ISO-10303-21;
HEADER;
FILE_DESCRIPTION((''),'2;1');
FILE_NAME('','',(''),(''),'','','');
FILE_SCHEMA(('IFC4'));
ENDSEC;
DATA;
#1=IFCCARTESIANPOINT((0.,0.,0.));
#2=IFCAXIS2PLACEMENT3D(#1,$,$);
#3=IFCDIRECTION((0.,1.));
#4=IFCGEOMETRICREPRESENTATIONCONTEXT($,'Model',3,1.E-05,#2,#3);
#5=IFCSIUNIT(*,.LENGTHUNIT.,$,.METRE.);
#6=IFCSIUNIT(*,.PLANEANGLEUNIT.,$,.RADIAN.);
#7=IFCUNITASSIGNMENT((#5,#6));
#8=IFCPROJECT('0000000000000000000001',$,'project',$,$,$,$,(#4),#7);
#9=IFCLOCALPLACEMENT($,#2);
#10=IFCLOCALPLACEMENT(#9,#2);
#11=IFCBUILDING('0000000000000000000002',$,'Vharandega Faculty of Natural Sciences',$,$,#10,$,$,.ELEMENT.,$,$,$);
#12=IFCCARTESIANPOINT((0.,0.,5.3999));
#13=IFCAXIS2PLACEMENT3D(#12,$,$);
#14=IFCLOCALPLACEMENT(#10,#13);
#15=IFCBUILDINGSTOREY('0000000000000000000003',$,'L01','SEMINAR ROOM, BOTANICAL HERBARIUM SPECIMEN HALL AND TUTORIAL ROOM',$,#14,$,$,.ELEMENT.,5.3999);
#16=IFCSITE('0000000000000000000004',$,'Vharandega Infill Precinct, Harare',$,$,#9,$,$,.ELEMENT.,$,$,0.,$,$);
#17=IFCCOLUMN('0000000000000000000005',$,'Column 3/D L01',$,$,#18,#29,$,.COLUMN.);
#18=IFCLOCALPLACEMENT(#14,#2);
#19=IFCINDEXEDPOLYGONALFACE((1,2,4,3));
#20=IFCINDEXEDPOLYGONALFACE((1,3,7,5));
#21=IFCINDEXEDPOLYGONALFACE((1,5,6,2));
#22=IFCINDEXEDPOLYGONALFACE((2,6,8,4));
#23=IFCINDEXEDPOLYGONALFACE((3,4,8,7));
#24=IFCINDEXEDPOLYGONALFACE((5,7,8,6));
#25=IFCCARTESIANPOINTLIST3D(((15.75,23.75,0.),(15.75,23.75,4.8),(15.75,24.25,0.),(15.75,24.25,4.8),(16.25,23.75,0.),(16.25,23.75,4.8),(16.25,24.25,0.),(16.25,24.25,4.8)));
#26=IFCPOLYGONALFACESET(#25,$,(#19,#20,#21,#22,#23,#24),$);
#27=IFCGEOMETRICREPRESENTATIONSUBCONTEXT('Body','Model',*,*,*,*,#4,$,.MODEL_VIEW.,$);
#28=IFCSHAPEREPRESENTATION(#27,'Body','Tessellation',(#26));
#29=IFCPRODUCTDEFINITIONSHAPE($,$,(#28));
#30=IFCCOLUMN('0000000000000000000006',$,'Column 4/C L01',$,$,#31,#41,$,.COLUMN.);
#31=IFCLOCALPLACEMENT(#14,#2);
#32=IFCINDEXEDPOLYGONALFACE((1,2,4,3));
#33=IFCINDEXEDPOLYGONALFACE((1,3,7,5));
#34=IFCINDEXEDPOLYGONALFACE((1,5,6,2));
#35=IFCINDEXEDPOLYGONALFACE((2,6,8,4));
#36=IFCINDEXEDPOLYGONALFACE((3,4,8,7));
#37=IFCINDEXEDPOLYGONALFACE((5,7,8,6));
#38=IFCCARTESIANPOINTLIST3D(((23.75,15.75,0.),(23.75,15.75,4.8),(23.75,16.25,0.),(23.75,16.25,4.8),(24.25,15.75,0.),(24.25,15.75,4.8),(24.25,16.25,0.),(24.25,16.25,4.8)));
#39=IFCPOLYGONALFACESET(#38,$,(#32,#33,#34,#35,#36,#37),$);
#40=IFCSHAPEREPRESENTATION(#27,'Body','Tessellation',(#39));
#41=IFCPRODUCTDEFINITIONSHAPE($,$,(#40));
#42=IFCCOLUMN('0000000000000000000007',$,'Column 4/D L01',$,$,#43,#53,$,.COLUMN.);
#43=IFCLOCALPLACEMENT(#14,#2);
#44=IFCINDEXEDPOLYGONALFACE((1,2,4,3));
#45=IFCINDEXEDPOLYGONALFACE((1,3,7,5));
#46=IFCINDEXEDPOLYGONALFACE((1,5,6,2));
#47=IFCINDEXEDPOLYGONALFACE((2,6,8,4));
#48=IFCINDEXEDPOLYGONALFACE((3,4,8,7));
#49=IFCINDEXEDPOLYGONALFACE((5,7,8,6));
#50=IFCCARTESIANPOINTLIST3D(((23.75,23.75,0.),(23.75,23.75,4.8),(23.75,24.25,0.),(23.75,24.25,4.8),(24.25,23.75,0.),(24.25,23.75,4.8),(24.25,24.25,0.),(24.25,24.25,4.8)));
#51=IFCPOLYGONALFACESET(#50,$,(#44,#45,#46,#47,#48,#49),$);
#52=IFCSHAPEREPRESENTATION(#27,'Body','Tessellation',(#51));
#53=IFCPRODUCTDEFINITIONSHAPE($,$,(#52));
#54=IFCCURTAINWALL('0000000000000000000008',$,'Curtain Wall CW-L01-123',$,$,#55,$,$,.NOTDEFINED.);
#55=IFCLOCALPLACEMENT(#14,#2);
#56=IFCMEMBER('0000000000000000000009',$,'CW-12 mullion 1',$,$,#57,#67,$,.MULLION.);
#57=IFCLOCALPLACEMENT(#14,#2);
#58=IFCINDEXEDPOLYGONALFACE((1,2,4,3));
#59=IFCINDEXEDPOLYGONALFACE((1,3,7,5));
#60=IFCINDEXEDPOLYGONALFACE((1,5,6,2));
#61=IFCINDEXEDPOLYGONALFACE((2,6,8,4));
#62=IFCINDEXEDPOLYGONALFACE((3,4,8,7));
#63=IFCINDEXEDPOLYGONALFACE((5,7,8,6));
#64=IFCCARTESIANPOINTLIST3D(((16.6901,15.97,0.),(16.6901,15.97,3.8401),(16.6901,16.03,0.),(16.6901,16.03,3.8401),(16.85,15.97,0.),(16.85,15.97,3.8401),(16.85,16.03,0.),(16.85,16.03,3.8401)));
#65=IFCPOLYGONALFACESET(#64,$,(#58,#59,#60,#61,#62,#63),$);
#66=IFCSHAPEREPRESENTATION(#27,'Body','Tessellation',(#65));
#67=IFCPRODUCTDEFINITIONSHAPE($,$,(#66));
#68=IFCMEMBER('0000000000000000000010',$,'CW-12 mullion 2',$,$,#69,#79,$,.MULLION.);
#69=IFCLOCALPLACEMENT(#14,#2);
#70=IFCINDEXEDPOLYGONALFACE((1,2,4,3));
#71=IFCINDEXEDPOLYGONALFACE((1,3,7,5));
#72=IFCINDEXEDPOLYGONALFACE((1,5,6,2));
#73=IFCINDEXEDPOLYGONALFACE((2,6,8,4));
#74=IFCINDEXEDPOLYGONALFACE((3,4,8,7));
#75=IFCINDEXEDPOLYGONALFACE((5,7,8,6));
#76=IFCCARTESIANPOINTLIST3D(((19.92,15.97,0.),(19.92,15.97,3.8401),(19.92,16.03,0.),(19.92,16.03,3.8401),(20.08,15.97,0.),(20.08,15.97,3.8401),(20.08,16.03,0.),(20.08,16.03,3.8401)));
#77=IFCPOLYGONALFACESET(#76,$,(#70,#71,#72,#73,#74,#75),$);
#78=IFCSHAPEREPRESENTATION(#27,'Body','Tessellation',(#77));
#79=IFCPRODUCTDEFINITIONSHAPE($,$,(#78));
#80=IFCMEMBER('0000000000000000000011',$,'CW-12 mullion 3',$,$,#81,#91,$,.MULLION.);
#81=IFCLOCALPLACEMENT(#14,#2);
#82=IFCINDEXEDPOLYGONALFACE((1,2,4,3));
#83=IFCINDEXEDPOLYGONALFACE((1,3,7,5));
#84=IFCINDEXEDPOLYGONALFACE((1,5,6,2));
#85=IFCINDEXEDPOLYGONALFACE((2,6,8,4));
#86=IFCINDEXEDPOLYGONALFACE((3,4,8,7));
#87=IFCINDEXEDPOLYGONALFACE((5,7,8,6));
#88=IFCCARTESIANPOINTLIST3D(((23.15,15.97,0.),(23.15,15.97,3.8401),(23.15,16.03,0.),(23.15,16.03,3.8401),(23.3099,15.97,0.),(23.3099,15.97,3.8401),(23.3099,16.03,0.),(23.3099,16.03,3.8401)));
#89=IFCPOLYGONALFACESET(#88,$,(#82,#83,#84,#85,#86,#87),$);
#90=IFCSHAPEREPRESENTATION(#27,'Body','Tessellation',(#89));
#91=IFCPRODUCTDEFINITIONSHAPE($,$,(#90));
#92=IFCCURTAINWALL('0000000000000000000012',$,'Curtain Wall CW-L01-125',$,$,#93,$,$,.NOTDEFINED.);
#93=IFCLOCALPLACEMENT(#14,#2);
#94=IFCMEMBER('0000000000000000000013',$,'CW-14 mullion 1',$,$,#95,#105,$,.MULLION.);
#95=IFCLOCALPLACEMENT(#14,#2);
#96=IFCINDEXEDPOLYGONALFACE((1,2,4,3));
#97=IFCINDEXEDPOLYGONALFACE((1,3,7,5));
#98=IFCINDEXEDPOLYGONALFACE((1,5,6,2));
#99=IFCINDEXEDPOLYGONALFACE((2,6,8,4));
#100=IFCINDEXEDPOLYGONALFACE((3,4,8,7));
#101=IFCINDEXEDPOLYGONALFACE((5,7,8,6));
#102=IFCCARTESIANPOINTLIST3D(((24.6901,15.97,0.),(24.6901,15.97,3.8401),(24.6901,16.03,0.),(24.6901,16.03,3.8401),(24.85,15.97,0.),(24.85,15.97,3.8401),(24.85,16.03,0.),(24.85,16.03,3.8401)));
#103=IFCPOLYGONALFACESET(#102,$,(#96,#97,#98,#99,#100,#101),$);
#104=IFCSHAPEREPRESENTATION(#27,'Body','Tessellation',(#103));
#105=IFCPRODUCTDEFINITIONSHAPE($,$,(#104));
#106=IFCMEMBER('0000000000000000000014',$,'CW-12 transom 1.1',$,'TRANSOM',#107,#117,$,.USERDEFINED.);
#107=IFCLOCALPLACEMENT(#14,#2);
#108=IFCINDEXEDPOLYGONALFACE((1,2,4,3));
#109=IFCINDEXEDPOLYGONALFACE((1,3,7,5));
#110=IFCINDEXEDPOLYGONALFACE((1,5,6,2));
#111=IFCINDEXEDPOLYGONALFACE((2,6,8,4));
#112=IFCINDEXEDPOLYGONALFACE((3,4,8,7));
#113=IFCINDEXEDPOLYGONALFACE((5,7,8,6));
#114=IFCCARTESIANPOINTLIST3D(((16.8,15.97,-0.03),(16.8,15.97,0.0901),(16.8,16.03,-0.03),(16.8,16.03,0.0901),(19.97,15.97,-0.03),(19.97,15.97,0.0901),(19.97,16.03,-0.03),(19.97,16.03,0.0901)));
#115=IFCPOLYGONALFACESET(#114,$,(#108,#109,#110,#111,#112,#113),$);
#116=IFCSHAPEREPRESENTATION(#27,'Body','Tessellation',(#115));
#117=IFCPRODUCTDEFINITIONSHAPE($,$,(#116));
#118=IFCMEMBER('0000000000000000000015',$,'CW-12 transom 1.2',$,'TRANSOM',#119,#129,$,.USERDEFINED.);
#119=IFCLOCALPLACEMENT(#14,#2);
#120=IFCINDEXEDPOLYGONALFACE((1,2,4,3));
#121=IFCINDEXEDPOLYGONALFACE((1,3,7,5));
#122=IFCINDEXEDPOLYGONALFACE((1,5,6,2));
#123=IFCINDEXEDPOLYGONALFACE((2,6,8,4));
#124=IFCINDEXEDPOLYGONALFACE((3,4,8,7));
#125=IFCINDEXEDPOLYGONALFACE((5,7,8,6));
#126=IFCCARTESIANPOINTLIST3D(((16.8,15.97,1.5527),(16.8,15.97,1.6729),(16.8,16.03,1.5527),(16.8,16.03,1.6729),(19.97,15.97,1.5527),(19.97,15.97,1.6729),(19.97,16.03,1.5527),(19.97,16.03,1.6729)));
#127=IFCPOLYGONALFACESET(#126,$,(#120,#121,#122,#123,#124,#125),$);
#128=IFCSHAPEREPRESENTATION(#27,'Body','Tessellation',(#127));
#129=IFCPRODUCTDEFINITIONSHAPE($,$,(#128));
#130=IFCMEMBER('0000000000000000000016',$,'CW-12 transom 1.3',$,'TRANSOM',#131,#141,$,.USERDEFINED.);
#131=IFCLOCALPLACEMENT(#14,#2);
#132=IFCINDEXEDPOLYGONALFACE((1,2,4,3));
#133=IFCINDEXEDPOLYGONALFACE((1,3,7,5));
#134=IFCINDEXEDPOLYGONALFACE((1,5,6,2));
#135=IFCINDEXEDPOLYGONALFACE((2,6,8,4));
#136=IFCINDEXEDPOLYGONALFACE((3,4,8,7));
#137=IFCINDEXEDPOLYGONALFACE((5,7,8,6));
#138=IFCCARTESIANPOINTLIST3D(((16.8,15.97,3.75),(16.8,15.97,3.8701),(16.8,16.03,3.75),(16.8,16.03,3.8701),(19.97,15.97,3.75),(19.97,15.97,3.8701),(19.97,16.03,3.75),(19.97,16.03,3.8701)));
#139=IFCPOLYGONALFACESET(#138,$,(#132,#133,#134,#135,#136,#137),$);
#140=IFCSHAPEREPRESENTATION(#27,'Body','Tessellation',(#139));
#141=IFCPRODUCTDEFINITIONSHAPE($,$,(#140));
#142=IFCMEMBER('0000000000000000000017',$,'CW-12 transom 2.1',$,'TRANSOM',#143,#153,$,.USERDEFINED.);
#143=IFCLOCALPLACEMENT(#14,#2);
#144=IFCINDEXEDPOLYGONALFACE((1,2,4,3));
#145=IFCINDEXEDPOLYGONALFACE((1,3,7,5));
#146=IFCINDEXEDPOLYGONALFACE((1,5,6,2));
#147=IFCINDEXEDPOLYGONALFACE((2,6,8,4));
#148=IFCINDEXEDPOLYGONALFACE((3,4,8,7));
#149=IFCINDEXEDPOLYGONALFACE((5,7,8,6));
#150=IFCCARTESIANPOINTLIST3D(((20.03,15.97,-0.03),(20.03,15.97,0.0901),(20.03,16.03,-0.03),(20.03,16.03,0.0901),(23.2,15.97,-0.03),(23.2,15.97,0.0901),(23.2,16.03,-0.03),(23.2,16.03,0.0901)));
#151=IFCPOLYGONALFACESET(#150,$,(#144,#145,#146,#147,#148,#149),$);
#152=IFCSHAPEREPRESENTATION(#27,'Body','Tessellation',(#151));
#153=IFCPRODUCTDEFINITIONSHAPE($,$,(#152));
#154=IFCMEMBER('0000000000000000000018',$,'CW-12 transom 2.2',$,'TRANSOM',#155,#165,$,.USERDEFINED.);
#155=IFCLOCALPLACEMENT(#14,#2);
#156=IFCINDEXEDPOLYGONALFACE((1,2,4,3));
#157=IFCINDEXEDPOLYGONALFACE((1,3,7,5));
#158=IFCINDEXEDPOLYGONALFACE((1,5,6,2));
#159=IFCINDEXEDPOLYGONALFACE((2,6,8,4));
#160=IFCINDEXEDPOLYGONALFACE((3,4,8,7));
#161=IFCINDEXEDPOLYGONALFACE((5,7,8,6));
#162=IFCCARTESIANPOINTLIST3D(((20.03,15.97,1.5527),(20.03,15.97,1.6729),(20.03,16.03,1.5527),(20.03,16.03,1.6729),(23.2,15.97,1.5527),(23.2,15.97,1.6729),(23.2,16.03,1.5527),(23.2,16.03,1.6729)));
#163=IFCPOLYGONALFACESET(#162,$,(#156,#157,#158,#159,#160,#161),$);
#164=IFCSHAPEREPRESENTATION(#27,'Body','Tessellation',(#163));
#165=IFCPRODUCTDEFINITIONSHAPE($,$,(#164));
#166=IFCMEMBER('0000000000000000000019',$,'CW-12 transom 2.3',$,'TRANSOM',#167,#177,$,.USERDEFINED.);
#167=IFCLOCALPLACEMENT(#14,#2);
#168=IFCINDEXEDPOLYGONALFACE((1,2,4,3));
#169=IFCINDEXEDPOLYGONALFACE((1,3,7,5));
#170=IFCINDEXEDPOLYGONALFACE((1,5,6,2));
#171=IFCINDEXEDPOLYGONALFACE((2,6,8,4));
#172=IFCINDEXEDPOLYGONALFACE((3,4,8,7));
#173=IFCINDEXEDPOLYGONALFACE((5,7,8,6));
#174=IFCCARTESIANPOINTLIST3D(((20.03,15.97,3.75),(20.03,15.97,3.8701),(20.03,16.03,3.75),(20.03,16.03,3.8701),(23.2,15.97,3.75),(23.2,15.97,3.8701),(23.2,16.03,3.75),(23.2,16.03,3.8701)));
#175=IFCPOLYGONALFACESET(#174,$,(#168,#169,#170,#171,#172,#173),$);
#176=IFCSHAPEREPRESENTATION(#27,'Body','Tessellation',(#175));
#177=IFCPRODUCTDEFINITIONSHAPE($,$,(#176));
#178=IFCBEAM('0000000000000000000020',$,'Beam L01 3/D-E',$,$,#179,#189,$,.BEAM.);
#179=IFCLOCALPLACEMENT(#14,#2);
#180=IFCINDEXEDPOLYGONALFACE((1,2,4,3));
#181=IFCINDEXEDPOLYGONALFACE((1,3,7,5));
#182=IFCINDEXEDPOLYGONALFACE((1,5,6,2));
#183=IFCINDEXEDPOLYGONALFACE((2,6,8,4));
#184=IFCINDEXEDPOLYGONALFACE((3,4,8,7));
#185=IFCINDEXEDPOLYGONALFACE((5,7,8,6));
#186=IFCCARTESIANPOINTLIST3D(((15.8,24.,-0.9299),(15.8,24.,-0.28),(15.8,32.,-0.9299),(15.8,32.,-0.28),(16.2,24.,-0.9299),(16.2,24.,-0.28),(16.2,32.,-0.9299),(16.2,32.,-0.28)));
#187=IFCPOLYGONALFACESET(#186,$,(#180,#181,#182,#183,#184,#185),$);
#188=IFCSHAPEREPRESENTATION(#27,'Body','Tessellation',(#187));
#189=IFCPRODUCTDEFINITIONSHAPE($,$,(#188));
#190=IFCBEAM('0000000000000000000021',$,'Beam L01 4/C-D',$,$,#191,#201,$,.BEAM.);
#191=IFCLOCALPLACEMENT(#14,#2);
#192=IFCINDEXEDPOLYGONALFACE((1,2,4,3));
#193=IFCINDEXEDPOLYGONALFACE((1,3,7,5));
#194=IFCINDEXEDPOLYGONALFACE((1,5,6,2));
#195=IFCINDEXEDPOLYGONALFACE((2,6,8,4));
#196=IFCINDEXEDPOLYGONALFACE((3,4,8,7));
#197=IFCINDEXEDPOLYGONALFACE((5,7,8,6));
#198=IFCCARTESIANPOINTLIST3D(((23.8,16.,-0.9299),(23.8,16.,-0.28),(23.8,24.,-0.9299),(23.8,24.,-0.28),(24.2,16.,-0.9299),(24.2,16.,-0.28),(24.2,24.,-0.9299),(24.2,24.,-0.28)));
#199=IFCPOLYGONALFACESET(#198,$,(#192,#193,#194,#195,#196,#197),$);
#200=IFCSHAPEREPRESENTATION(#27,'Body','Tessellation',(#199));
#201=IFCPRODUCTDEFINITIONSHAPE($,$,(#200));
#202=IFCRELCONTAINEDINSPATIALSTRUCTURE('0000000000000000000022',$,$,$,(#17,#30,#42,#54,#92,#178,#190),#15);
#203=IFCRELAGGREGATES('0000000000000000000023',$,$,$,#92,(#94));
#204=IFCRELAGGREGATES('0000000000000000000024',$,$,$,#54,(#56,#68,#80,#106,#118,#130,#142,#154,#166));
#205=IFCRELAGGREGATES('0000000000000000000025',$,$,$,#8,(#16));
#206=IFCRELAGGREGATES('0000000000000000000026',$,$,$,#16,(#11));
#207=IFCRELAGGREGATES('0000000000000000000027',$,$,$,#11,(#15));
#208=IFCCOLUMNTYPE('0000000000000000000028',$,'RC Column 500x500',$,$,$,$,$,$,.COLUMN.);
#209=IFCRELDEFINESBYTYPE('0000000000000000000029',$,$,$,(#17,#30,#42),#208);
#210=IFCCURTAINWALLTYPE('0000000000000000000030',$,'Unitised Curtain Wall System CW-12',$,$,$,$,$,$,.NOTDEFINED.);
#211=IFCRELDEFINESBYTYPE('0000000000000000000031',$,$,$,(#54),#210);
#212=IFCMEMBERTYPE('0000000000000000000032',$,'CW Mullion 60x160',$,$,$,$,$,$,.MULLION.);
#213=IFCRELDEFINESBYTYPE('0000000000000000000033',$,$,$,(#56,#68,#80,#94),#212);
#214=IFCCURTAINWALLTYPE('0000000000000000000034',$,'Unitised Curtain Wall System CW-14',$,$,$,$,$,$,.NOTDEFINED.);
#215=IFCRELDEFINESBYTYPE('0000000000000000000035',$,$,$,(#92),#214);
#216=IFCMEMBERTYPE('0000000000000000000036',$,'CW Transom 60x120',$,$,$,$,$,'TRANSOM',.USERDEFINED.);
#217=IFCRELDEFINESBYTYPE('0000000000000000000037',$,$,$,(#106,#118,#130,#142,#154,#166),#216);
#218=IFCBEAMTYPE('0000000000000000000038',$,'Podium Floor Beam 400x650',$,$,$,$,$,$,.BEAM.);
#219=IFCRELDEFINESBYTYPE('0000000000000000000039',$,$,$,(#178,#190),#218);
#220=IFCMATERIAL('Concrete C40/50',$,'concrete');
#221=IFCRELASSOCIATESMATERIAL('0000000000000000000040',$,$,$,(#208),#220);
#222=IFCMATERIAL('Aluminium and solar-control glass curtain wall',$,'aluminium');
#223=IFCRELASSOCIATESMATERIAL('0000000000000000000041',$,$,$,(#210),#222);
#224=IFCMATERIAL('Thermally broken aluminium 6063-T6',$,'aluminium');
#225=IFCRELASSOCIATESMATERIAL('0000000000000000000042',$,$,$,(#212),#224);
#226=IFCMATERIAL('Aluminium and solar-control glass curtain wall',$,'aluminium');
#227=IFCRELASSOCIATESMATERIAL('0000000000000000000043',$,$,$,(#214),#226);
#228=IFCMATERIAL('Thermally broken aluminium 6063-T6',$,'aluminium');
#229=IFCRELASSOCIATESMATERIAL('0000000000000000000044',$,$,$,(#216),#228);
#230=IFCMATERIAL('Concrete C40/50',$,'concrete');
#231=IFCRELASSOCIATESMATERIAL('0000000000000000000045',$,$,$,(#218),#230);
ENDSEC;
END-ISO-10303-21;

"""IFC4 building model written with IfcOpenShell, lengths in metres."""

from ifc_helpers import new_model, si_unit, direction, frame, origin, origin_2d, place, context, subcontext, project, spatial, rectangle, extrude, material, material_profile, profile_set, type_object, element, aggregate, save


model = new_model("IFC4")

# Units and contexts
model_context = context("Model", 3, precision=1e-05, world=origin(), true_north=direction((0.0, 1.0)))
body_context = subcontext(model_context, "Body", "Model", "MODEL_VIEW")
ifc_project = project(units=[si_unit("LENGTHUNIT", "METRE"), si_unit("PLANEANGLEUNIT", "RADIAN")], contexts=[model_context])

# Site, building, storey
site_placement = place(None, origin())
site = spatial("IfcSite", under=ifc_project, at=site_placement, Name="Vharandega Infill Precinct, Harare", CompositionType="ELEMENT", RefElevation=0.0)
building_placement = place(site_placement, origin())
building = spatial("IfcBuilding", under=site, at=building_placement, Name="Vharandega Faculty of Natural Sciences", CompositionType="ELEMENT")
storey_placement = place(building_placement, frame((0.0, 0.0, 5.3999)))
storey = spatial("IfcBuildingStorey", under=building, at=storey_placement, Name="L01", Description="SEMINAR ROOM, BOTANICAL HERBARIUM SPECIMEN HALL AND TUTORIAL ROOM", CompositionType="ELEMENT", Elevation=5.3999)

# Columns
ifc_material_1 = material(Name="Concrete C40/50", Category="concrete")
ifc_material_profile_1 = material_profile(ifc_material_1, rectangle(XDim=0.5, YDim=0.5, at=origin_2d()), Name="RC 500x500")
ifc_profile_set_1 = profile_set([ifc_material_profile_1], Name="Concrete C40/50")
column_type = type_object("IfcColumnType", Name="RC Column 500x500", PredefinedType="COLUMN", material=ifc_profile_set_1)
for number, where, z_axis, x_axis, name in (
    (1, (16.0, 24.0, 0.0), (0.0, 0.0, 1.0), (1.0, 0.0, 0.0), "Column 3/D L01"),
    (2, (24.0, 16.0, 0.0), (0.0, 0.0, 1.0), (1.0, 0.0, 0.0), "Column 4/C L01"),
    (3, (24.0, 24.0, 0.0), (0.0, 0.0, 1.0), (1.0, 0.0, 0.0), "Column 4/D L01"),
):
    element("IfcColumn", number, at=place(storey_placement, frame(where, z_axis=z_axis, x_axis=x_axis)), inside=storey, type_object=column_type, Name=name, PredefinedType="COLUMN", context=body_context, shape_type="SweptSolid", body=[
        extrude(rectangle(XDim=0.5, YDim=0.5, at=origin_2d()), origin(), (0.0, 0.0, 1.0), 4.8),
    ])

# Curtain wall, members
ifc_material_2 = material(Name="Aluminium and solar-control glass curtain wall", Category="aluminium")
curtain_wall_type_1 = type_object("IfcCurtainWallType", Name="Unitised Curtain Wall System CW-12", PredefinedType="NOTDEFINED", material=ifc_material_2)
curtain_wall_1_placement = place(storey_placement, origin())
curtain_wall_1 = element("IfcCurtainWall", 4, at=curtain_wall_1_placement, inside=storey, type_object=curtain_wall_type_1, Name="Curtain Wall CW-L01-123", PredefinedType="NOTDEFINED")
ifc_material_3 = material(Name="Thermally broken aluminium 6063-T6", Category="aluminium")
ifc_material_profile_2 = material_profile(ifc_material_3, rectangle(XDim=0.0601, YDim=0.1599, at=origin_2d()), Name="ALU 60x160")
ifc_profile_set_2 = profile_set([ifc_material_profile_2], Name="Thermally broken aluminium 6063-T6")
member_type_1 = type_object("IfcMemberType", Name="CW Mullion 60x160", PredefinedType="MULLION", material=ifc_profile_set_2)
member_1_placement = place(storey_placement, frame((16.77, 16.0, 0.0), z_axis=(0.0, 0.0, 1.0), x_axis=(0.0, 1.0, 0.0)))
member_1 = element("IfcMember", 5, at=member_1_placement, type_object=member_type_1, Name="CW-12 mullion 1", PredefinedType="MULLION", context=body_context, shape_type="SweptSolid", body=[
    extrude(rectangle(XDim=0.0601, YDim=0.1599, at=origin_2d()), origin(), (0.0, 0.0, 1.0), 3.8401),
])
member_2_placement = place(storey_placement, frame((20.0, 16.0, 0.0), z_axis=(0.0, 0.0, 1.0), x_axis=(0.0, 1.0, 0.0)))
member_2 = element("IfcMember", 6, at=member_2_placement, type_object=member_type_1, Name="CW-12 mullion 2", PredefinedType="MULLION", context=body_context, shape_type="SweptSolid", body=[
    extrude(rectangle(XDim=0.0601, YDim=0.1599, at=origin_2d()), origin(), (0.0, 0.0, 1.0), 3.8401),
])
member_3_placement = place(storey_placement, frame((23.23, 16.0, 0.0), z_axis=(0.0, 0.0, 1.0), x_axis=(0.0, 1.0, 0.0)))
member_3 = element("IfcMember", 7, at=member_3_placement, type_object=member_type_1, Name="CW-12 mullion 3", PredefinedType="MULLION", context=body_context, shape_type="SweptSolid", body=[
    extrude(rectangle(XDim=0.0601, YDim=0.1599, at=origin_2d()), origin(), (0.0, 0.0, 1.0), 3.8401),
])

# Curtain wall, member
ifc_material_4 = material(Name="Aluminium and solar-control glass curtain wall", Category="aluminium")
curtain_wall_type_2 = type_object("IfcCurtainWallType", Name="Unitised Curtain Wall System CW-14", PredefinedType="NOTDEFINED", material=ifc_material_4)
curtain_wall_2_placement = place(storey_placement, origin())
curtain_wall_2 = element("IfcCurtainWall", 8, at=curtain_wall_2_placement, inside=storey, type_object=curtain_wall_type_2, Name="Curtain Wall CW-L01-125", PredefinedType="NOTDEFINED")
member_4_placement = place(storey_placement, frame((24.77, 16.0, 0.0), z_axis=(0.0, 0.0, 1.0), x_axis=(0.0, 1.0, 0.0)))
member_4 = element("IfcMember", 9, at=member_4_placement, type_object=member_type_1, Name="CW-14 mullion 1", PredefinedType="MULLION", context=body_context, shape_type="SweptSolid", body=[
    extrude(rectangle(XDim=0.0601, YDim=0.1599, at=origin_2d()), origin(), (0.0, 0.0, 1.0), 3.8401),
])
aggregate(curtain_wall_2, [member_4])

# Members
ifc_material_5 = material(Name="Thermally broken aluminium 6063-T6", Category="aluminium")
ifc_material_profile_3 = material_profile(ifc_material_5, rectangle(XDim=0.0601, YDim=0.1201, at=origin_2d()), Name="ALU 60x120")
ifc_profile_set_3 = profile_set([ifc_material_profile_3], Name="Thermally broken aluminium 6063-T6")
member_type_2 = type_object("IfcMemberType", Name="CW Transom 60x120", ElementType="TRANSOM", PredefinedType="USERDEFINED", material=ifc_profile_set_3)
member_5_placement = place(storey_placement, frame((16.8, 16.0, 0.03), z_axis=(1.0, 0.0, 0.0), x_axis=(0.0, 1.0, 0.0)))
member_5 = element("IfcMember", 10, at=member_5_placement, type_object=member_type_2, Name="CW-12 transom 1.1", ObjectType="TRANSOM", PredefinedType="USERDEFINED", context=body_context, shape_type="SweptSolid", body=[
    extrude(rectangle(XDim=0.0601, YDim=0.1201, at=origin_2d()), origin(), (0.0, 0.0, 1.0), 3.1699),
])
member_6_placement = place(storey_placement, frame((16.8, 16.0, 1.6128), z_axis=(1.0, 0.0, 0.0), x_axis=(0.0, 1.0, 0.0)))
member_6 = element("IfcMember", 11, at=member_6_placement, type_object=member_type_2, Name="CW-12 transom 1.2", ObjectType="TRANSOM", PredefinedType="USERDEFINED", context=body_context, shape_type="SweptSolid", body=[
    extrude(rectangle(XDim=0.0601, YDim=0.1201, at=origin_2d()), origin(), (0.0, 0.0, 1.0), 3.1699),
])
member_7_placement = place(storey_placement, frame((16.8, 16.0, 3.8101), z_axis=(1.0, 0.0, 0.0), x_axis=(0.0, 1.0, 0.0)))
member_7 = element("IfcMember", 12, at=member_7_placement, type_object=member_type_2, Name="CW-12 transom 1.3", ObjectType="TRANSOM", PredefinedType="USERDEFINED", context=body_context, shape_type="SweptSolid", body=[
    extrude(rectangle(XDim=0.0601, YDim=0.1201, at=origin_2d()), origin(), (0.0, 0.0, 1.0), 3.1699),
])
member_8_placement = place(storey_placement, frame((20.03, 16.0, 0.03), z_axis=(1.0, 0.0, 0.0), x_axis=(0.0, 1.0, 0.0)))
member_8 = element("IfcMember", 13, at=member_8_placement, type_object=member_type_2, Name="CW-12 transom 2.1", ObjectType="TRANSOM", PredefinedType="USERDEFINED", context=body_context, shape_type="SweptSolid", body=[
    extrude(rectangle(XDim=0.0601, YDim=0.1201, at=origin_2d()), origin(), (0.0, 0.0, 1.0), 3.1699),
])
member_9_placement = place(storey_placement, frame((20.03, 16.0, 1.6128), z_axis=(1.0, 0.0, 0.0), x_axis=(0.0, 1.0, 0.0)))
member_9 = element("IfcMember", 14, at=member_9_placement, type_object=member_type_2, Name="CW-12 transom 2.2", ObjectType="TRANSOM", PredefinedType="USERDEFINED", context=body_context, shape_type="SweptSolid", body=[
    extrude(rectangle(XDim=0.0601, YDim=0.1201, at=origin_2d()), origin(), (0.0, 0.0, 1.0), 3.1699),
])
member_10_placement = place(storey_placement, frame((20.03, 16.0, 3.8101), z_axis=(1.0, 0.0, 0.0), x_axis=(0.0, 1.0, 0.0)))
member_10 = element("IfcMember", 15, at=member_10_placement, type_object=member_type_2, Name="CW-12 transom 2.3", ObjectType="TRANSOM", PredefinedType="USERDEFINED", context=body_context, shape_type="SweptSolid", body=[
    extrude(rectangle(XDim=0.0601, YDim=0.1201, at=origin_2d()), origin(), (0.0, 0.0, 1.0), 3.1699),
])

# Beams
ifc_material_6 = material(Name="Concrete C40/50", Category="concrete")
ifc_material_profile_4 = material_profile(ifc_material_6, rectangle(XDim=0.3999, YDim=0.6499, at=origin_2d()), Name="RC 400x650")
ifc_profile_set_4 = profile_set([ifc_material_profile_4], Name="Concrete C40/50")
beam_type_1 = type_object("IfcBeamType", Name="Podium Floor Beam 400x650", PredefinedType="BEAM", material=ifc_profile_set_4)
for number, where, z_axis, x_axis, name in (
    (16, (16.0, 24.0, -0.605), (0.0, 1.0, 0.0), (-1.0, 0.0, 0.0), "Beam L01 3/D-E"),
    (17, (24.0, 16.0, -0.605), (0.0, 1.0, 0.0), (-1.0, 0.0, 0.0), "Beam L01 4/C-D"),
):
    element("IfcBeam", number, at=place(storey_placement, frame(where, z_axis=z_axis, x_axis=x_axis)), inside=storey, type_object=beam_type_1, Name=name, PredefinedType="BEAM", context=body_context, shape_type="SweptSolid", body=[
        extrude(rectangle(XDim=0.3999, YDim=0.6499, at=origin_2d()), origin(), (0.0, 0.0, 1.0), 8.0),
    ])

aggregate(curtain_wall_1, [member_1, member_2, member_3, member_5, member_6, member_7, member_8, member_9, member_10])

save(model, "model.ifc")
